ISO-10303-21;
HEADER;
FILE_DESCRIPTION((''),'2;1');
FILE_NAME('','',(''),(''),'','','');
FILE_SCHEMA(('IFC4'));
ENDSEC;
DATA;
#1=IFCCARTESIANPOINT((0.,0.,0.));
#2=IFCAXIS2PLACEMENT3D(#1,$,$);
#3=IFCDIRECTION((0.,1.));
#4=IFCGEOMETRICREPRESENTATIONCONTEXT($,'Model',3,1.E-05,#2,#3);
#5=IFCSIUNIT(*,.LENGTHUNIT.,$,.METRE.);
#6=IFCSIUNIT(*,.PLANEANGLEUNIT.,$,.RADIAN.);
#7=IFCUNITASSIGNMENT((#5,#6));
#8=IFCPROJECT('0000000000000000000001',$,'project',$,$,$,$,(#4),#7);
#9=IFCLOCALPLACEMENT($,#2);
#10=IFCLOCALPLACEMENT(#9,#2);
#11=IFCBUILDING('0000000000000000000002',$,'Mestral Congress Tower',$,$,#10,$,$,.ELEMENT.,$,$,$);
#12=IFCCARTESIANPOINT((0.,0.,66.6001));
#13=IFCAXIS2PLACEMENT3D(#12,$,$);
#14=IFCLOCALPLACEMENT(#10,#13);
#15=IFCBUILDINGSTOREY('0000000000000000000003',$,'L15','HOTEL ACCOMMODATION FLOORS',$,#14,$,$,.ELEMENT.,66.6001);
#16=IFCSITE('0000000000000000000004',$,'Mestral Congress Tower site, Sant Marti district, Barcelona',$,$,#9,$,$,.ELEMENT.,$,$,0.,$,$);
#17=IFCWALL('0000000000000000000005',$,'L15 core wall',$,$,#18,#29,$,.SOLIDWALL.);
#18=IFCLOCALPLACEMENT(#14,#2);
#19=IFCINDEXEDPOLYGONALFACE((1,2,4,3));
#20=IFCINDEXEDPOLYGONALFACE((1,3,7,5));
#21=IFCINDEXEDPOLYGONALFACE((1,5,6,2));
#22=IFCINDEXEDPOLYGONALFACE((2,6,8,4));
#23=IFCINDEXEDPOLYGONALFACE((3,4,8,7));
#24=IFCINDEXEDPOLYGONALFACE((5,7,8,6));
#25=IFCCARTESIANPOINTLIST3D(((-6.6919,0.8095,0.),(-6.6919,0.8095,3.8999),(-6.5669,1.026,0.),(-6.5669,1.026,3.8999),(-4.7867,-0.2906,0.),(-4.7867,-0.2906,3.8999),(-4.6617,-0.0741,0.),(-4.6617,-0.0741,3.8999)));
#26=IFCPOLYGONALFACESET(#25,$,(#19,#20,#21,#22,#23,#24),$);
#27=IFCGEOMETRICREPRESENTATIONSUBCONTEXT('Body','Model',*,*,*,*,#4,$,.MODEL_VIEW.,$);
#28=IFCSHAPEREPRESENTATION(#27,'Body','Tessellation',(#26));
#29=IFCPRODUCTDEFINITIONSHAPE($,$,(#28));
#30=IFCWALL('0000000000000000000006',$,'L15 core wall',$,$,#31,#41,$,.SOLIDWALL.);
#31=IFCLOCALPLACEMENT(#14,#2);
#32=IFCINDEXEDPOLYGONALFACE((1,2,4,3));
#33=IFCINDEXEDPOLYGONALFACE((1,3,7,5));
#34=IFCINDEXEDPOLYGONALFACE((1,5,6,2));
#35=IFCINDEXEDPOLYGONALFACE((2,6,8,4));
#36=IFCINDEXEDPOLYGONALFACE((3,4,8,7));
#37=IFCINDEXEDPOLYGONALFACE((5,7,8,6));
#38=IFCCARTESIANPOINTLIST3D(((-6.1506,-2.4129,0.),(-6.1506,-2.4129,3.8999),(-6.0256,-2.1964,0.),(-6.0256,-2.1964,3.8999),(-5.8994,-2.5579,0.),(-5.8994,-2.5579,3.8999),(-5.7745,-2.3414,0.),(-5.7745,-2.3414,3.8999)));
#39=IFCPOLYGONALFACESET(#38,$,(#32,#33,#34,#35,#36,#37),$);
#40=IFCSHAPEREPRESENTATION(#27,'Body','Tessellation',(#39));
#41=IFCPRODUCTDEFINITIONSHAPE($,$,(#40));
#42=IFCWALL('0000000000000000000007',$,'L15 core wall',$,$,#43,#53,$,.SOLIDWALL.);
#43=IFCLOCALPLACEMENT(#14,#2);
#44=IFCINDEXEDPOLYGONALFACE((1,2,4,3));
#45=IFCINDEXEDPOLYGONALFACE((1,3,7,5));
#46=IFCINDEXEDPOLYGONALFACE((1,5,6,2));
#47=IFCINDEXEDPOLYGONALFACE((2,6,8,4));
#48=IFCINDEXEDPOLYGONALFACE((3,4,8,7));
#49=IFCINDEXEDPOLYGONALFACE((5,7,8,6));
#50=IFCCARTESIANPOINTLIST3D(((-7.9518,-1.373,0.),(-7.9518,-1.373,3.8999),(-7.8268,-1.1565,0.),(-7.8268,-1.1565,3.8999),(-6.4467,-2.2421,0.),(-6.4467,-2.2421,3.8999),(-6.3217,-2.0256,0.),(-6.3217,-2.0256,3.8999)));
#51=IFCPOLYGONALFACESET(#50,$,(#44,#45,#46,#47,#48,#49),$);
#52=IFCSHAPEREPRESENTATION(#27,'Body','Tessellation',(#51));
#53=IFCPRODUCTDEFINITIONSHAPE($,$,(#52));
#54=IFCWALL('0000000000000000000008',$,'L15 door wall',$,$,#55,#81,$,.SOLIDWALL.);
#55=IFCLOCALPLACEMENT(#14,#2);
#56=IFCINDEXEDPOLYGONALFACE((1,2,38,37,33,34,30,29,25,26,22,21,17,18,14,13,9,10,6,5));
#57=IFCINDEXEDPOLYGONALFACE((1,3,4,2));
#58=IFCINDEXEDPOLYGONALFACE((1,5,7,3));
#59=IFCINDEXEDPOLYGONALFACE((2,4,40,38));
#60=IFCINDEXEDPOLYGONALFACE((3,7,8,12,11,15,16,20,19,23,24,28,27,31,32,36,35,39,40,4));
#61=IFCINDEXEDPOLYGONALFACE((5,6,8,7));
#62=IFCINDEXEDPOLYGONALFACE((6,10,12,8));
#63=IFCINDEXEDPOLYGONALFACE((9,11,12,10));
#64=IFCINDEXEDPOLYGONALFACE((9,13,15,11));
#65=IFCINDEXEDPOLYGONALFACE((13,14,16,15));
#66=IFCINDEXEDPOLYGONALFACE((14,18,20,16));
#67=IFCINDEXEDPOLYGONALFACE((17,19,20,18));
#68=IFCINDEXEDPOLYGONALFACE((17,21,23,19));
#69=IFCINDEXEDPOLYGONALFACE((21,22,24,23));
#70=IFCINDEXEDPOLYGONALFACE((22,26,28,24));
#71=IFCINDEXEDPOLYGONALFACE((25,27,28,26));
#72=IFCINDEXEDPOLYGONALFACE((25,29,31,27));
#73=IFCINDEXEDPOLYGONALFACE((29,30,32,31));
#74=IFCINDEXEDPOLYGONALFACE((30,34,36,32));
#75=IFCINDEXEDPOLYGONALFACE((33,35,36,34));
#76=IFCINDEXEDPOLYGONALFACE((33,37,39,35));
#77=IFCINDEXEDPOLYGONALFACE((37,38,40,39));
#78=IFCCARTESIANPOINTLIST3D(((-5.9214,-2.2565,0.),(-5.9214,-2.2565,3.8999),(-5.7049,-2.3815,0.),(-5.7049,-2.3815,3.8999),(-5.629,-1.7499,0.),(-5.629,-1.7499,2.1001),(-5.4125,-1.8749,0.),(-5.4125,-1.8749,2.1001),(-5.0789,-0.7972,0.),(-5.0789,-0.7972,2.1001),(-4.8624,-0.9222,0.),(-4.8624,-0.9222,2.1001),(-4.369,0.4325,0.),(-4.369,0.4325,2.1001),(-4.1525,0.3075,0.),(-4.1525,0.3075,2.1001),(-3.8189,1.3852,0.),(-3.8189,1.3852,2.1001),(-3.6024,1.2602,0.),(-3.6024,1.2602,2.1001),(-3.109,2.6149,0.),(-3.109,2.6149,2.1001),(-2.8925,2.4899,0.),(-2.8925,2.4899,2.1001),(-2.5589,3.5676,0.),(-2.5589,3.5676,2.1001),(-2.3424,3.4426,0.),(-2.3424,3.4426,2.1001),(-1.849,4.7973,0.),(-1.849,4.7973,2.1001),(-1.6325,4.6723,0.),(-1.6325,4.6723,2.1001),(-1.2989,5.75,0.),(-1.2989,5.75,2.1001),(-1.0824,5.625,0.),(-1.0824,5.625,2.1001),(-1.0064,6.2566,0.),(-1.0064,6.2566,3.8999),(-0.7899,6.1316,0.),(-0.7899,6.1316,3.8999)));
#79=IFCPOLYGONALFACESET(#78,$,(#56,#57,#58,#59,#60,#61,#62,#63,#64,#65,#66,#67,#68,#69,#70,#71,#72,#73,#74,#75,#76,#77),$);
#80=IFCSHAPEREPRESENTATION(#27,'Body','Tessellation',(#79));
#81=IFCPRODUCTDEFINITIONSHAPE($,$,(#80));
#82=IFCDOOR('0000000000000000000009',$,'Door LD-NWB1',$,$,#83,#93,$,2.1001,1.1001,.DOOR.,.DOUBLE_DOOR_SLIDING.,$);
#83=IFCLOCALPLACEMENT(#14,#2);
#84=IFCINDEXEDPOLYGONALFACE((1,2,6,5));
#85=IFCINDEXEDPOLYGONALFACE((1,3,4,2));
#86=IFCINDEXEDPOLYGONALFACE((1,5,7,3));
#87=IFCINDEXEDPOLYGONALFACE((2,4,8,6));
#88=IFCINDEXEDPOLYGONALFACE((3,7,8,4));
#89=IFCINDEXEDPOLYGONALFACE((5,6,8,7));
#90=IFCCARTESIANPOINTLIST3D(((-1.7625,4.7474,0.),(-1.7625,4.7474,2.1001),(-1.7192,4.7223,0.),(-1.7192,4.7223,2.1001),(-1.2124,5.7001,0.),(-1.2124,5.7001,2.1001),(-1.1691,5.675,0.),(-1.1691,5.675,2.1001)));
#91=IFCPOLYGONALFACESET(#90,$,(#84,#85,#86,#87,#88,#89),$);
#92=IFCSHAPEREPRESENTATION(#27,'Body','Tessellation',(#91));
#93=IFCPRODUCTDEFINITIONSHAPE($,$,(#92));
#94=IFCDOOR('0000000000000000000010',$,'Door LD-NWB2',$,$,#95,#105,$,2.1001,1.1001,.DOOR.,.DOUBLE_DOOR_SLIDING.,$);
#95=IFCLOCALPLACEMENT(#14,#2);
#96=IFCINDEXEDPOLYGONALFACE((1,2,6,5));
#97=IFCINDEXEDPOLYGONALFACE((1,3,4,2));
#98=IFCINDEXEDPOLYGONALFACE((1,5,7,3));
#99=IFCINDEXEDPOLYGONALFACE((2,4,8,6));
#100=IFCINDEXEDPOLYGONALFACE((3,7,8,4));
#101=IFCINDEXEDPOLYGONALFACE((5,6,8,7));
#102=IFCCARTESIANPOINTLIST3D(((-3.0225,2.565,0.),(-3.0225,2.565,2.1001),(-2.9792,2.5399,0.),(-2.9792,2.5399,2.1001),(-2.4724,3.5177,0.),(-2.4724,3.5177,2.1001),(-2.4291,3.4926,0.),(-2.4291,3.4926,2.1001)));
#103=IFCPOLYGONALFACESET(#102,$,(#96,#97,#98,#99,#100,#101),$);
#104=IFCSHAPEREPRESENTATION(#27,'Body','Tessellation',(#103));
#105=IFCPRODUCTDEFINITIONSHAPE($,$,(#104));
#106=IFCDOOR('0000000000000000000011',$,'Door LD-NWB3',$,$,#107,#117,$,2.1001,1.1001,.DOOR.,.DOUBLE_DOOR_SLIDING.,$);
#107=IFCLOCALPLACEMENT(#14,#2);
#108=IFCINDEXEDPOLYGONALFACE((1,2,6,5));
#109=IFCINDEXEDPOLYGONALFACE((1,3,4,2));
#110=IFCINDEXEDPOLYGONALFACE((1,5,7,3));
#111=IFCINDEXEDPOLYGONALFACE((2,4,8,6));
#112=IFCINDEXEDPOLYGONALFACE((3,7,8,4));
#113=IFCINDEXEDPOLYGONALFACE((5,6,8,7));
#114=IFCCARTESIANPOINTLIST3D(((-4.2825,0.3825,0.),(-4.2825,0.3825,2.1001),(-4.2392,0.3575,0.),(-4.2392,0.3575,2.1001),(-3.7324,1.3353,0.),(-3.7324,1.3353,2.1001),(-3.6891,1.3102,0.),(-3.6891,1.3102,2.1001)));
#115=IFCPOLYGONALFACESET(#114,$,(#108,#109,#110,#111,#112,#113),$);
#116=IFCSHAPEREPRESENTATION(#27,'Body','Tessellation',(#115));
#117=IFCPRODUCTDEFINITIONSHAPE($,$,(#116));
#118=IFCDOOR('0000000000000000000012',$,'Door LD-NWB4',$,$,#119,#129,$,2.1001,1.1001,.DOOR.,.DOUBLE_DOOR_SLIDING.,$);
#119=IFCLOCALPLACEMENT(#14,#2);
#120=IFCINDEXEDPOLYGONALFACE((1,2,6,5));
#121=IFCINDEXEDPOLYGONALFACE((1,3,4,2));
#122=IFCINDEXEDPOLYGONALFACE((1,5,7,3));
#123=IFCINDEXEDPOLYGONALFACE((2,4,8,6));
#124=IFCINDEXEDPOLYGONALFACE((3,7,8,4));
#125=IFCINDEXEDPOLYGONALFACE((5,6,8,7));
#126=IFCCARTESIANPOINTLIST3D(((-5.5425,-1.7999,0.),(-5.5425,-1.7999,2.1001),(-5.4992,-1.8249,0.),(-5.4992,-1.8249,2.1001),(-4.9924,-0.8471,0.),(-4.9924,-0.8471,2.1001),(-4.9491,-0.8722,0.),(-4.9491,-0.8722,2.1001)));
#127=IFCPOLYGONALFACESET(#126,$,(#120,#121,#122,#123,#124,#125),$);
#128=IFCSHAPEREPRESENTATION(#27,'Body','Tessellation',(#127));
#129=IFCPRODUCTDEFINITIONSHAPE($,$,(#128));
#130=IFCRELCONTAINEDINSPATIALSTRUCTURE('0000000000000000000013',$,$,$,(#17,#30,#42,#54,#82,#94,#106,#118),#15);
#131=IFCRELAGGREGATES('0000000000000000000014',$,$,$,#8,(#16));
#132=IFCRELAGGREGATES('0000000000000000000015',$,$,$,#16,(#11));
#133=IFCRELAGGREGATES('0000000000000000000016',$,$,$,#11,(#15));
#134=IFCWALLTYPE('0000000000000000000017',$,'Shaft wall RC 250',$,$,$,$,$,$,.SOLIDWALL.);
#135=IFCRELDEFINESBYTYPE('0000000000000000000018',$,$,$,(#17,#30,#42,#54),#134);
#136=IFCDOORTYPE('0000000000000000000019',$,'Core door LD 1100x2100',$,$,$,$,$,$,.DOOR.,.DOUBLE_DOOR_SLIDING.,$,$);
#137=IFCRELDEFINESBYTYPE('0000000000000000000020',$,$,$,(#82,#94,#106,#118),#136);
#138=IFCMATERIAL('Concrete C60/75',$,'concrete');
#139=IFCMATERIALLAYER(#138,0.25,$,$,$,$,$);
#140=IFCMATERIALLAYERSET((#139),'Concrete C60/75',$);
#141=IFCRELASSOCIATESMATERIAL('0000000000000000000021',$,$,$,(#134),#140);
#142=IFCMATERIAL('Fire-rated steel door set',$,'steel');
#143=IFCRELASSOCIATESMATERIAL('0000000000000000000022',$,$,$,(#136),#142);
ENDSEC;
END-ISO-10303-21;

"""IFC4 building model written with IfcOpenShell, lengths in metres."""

from ifc_helpers import new_model, si_unit, direction, frame, frame_2d, origin, place, context, subcontext, project, spatial, rectangle, extrude, material, layer, layer_set, type_object, element, fill, save


model = new_model("IFC4")

# Units and contexts
model_context = context("Model", 3, precision=1e-05, world=origin(), true_north=direction((0.0, 1.0)))
body_context = subcontext(model_context, "Body", "Model", "MODEL_VIEW")
ifc_project = project(units=[si_unit("LENGTHUNIT", "METRE"), si_unit("PLANEANGLEUNIT", "RADIAN")], contexts=[model_context])

# Site, building, storey
site_placement = place(None, origin())
site = spatial("IfcSite", under=ifc_project, at=site_placement, Name="Mestral Congress Tower site, Sant Marti district, Barcelona", CompositionType="ELEMENT", RefElevation=0.0)
building_placement = place(site_placement, origin())
building = spatial("IfcBuilding", under=site, at=building_placement, Name="Mestral Congress Tower", CompositionType="ELEMENT")
storey_placement = place(building_placement, frame((0.0, 0.0, 66.6001)))
storey = spatial("IfcBuildingStorey", under=building, at=storey_placement, Name="L15", Description="HOTEL ACCOMMODATION FLOORS", CompositionType="ELEMENT", Elevation=66.6001)

# Shared definitions
ifc_material_1 = material(Name="Concrete C60/75", Category="concrete")

# Shared definitions
ifc_material_2 = material(Name="Fire-rated steel door set", Category="steel")

# Walls
ifc_layer_1 = layer(ifc_material_1, 0.25)
ifc_layer_set_1 = layer_set([ifc_layer_1], Name="Concrete C60/75")
wall_type_1 = type_object("IfcWallType", Name="Shaft wall RC 250", PredefinedType="SOLIDWALL", material=ifc_layer_set_1)
for number, where, z_axis, x_axis, name in (
    (1, (-4.7241, -0.1824, 0.0), (0.0, 0.0, 1.0), (-0.866008, 0.50003, 0.0), "L15 core wall"),
):
    element("IfcWall", number, at=place(storey_placement, frame(where, z_axis=z_axis, x_axis=x_axis)), inside=storey, type_object=wall_type_1, Name=name, PredefinedType="SOLIDWALL", context=body_context, shape_type="SweptSolid", body=[
        extrude(rectangle(XDim=2.2, YDim=0.25, at=frame_2d((1.1001, 0.0))), origin(), (0.0, 0.0, 1.0), 3.8999),
    ])
wall_1_placement = place(storey_placement, frame((-6.0881, -2.3047, 0.0), z_axis=(0.0, 0.0, 1.0), x_axis=(0.866059, -0.499941, 0.0)))
element("IfcWall", 2, at=wall_1_placement, inside=storey, type_object=wall_type_1, Name="L15 core wall", PredefinedType="SOLIDWALL", context=body_context, shape_type="SweptSolid", body=[
    extrude(rectangle(XDim=0.29, YDim=0.25, at=frame_2d((0.145, 0.0))), origin(), (0.0, 0.0, 1.0), 3.8999),
])
wall_2_placement = place(storey_placement, frame((-7.8894, -1.2646, 0.0), z_axis=(0.0, 0.0, 1.0), x_axis=(0.865987, -0.500067, 0.0)))
element("IfcWall", 3, at=wall_2_placement, inside=storey, type_object=wall_type_1, Name="L15 core wall", PredefinedType="SOLIDWALL", context=body_context, shape_type="SweptSolid", body=[
    extrude(rectangle(XDim=1.738, YDim=0.25, at=frame_2d((0.8691, 0.0))), origin(), (0.0, 0.0, 1.0), 3.8999),
])

# Wall, openings, doors
wall_3_placement = place(storey_placement, frame((-0.8982, 6.1941, 0.0), z_axis=(0.0, 0.0, 1.0), x_axis=(-0.499996, -0.866028, 0.0)))
wall_3 = element("IfcWall", 4, at=wall_3_placement, inside=storey, type_object=wall_type_1, Name="L15 door wall", PredefinedType="SOLIDWALL", context=body_context, shape_type="SweptSolid", body=[
    extrude(rectangle(XDim=9.8301, YDim=0.25, at=frame_2d((4.915, 0.0))), origin(), (0.0, 0.0, 1.0), 3.8999),
])
opening_1_placement = place(wall_3_placement, frame((0.585, 0.0, 0.0)))
opening_1 = element("IfcOpeningElement", 5, at=opening_1_placement, cuts=wall_3, PredefinedType="OPENING", context=body_context, shape_type="SweptSolid", body=[
    extrude(rectangle(XDim=1.1001, YDim=2.1001, at=frame_2d((0.55, 1.05))), frame((0.0, 0.135, 0.0), z_axis=(0.0, -1.0, 0.0), x_axis=(1.0, 0.0, 0.0)), (0.0, 0.0, 1.0), 0.27),
])
opening_2_placement = place(wall_3_placement, frame((3.105, 0.0, 0.0)))
opening_2 = element("IfcOpeningElement", 6, at=opening_2_placement, cuts=wall_3, PredefinedType="OPENING", context=body_context, shape_type="SweptSolid", body=[
    extrude(rectangle(XDim=1.1001, YDim=2.1001, at=frame_2d((0.55, 1.05))), frame((0.0, 0.135, 0.0), z_axis=(0.0, -1.0, 0.0), x_axis=(1.0, 0.0, 0.0)), (0.0, 0.0, 1.0), 0.27),
])
opening_3_placement = place(wall_3_placement, frame((5.625, 0.0, 0.0)))
opening_3 = element("IfcOpeningElement", 7, at=opening_3_placement, cuts=wall_3, PredefinedType="OPENING", context=body_context, shape_type="SweptSolid", body=[
    extrude(rectangle(XDim=1.1001, YDim=2.1001, at=frame_2d((0.55, 1.05))), frame((0.0, 0.135, 0.0), z_axis=(0.0, -1.0, 0.0), x_axis=(1.0, 0.0, 0.0)), (0.0, 0.0, 1.0), 0.27),
])
opening_4_placement = place(wall_3_placement, frame((8.145, 0.0, 0.0)))
opening_4 = element("IfcOpeningElement", 8, at=opening_4_placement, cuts=wall_3, PredefinedType="OPENING", context=body_context, shape_type="SweptSolid", body=[
    extrude(rectangle(XDim=1.1001, YDim=2.1001, at=frame_2d((0.55, 1.05))), frame((0.0, 0.135, 0.0), z_axis=(0.0, -1.0, 0.0), x_axis=(1.0, 0.0, 0.0)), (0.0, 0.0, 1.0), 0.27),
])
door_type_1 = type_object("IfcDoorType", Name="Core door LD 1100x2100", OperationType="DOUBLE_DOOR_SLIDING", PredefinedType="DOOR", material=ifc_material_2)
door_1_placement = place(opening_1_placement, origin())
door_1 = element("IfcDoor", 9, at=door_1_placement, inside=storey, type_object=door_type_1, Name="Door LD-NWB1", OperationType="DOUBLE_DOOR_SLIDING", OverallHeight=2.1001, OverallWidth=1.1001, PredefinedType="DOOR", context=body_context, shape_type="SweptSolid", body=[
    extrude(rectangle(XDim=1.1001, YDim=2.1001, at=frame_2d((0.55, 1.05))), frame((0.0, 0.0249, 0.0), z_axis=(0.0, -1.0, 0.0), x_axis=(1.0, 0.0, 0.0)), (0.0, 0.0, 1.0), 0.05),
])
fill(opening_1, door_1)
door_2_placement = place(opening_2_placement, origin())
door_2 = element("IfcDoor", 10, at=door_2_placement, inside=storey, type_object=door_type_1, Name="Door LD-NWB2", OperationType="DOUBLE_DOOR_SLIDING", OverallHeight=2.1001, OverallWidth=1.1001, PredefinedType="DOOR", context=body_context, shape_type="SweptSolid", body=[
    extrude(rectangle(XDim=1.1001, YDim=2.1001, at=frame_2d((0.55, 1.05))), frame((0.0, 0.0249, 0.0), z_axis=(0.0, -1.0, 0.0), x_axis=(1.0, 0.0, 0.0)), (0.0, 0.0, 1.0), 0.05),
])
fill(opening_2, door_2)
door_3_placement = place(opening_3_placement, origin())
door_3 = element("IfcDoor", 11, at=door_3_placement, inside=storey, type_object=door_type_1, Name="Door LD-NWB3", OperationType="DOUBLE_DOOR_SLIDING", OverallHeight=2.1001, OverallWidth=1.1001, PredefinedType="DOOR", context=body_context, shape_type="SweptSolid", body=[
    extrude(rectangle(XDim=1.1001, YDim=2.1001, at=frame_2d((0.55, 1.05))), frame((0.0, 0.0249, 0.0), z_axis=(0.0, -1.0, 0.0), x_axis=(1.0, 0.0, 0.0)), (0.0, 0.0, 1.0), 0.05),
])
fill(opening_3, door_3)
door_4_placement = place(opening_4_placement, origin())
door_4 = element("IfcDoor", 12, at=door_4_placement, inside=storey, type_object=door_type_1, Name="Door LD-NWB4", OperationType="DOUBLE_DOOR_SLIDING", OverallHeight=2.1001, OverallWidth=1.1001, PredefinedType="DOOR", context=body_context, shape_type="SweptSolid", body=[
    extrude(rectangle(XDim=1.1001, YDim=2.1001, at=frame_2d((0.55, 1.05))), frame((0.0, 0.0249, 0.0), z_axis=(0.0, -1.0, 0.0), x_axis=(1.0, 0.0, 0.0)), (0.0, 0.0, 1.0), 0.05),
])
fill(opening_4, door_4)

save(model, "model.ifc")
